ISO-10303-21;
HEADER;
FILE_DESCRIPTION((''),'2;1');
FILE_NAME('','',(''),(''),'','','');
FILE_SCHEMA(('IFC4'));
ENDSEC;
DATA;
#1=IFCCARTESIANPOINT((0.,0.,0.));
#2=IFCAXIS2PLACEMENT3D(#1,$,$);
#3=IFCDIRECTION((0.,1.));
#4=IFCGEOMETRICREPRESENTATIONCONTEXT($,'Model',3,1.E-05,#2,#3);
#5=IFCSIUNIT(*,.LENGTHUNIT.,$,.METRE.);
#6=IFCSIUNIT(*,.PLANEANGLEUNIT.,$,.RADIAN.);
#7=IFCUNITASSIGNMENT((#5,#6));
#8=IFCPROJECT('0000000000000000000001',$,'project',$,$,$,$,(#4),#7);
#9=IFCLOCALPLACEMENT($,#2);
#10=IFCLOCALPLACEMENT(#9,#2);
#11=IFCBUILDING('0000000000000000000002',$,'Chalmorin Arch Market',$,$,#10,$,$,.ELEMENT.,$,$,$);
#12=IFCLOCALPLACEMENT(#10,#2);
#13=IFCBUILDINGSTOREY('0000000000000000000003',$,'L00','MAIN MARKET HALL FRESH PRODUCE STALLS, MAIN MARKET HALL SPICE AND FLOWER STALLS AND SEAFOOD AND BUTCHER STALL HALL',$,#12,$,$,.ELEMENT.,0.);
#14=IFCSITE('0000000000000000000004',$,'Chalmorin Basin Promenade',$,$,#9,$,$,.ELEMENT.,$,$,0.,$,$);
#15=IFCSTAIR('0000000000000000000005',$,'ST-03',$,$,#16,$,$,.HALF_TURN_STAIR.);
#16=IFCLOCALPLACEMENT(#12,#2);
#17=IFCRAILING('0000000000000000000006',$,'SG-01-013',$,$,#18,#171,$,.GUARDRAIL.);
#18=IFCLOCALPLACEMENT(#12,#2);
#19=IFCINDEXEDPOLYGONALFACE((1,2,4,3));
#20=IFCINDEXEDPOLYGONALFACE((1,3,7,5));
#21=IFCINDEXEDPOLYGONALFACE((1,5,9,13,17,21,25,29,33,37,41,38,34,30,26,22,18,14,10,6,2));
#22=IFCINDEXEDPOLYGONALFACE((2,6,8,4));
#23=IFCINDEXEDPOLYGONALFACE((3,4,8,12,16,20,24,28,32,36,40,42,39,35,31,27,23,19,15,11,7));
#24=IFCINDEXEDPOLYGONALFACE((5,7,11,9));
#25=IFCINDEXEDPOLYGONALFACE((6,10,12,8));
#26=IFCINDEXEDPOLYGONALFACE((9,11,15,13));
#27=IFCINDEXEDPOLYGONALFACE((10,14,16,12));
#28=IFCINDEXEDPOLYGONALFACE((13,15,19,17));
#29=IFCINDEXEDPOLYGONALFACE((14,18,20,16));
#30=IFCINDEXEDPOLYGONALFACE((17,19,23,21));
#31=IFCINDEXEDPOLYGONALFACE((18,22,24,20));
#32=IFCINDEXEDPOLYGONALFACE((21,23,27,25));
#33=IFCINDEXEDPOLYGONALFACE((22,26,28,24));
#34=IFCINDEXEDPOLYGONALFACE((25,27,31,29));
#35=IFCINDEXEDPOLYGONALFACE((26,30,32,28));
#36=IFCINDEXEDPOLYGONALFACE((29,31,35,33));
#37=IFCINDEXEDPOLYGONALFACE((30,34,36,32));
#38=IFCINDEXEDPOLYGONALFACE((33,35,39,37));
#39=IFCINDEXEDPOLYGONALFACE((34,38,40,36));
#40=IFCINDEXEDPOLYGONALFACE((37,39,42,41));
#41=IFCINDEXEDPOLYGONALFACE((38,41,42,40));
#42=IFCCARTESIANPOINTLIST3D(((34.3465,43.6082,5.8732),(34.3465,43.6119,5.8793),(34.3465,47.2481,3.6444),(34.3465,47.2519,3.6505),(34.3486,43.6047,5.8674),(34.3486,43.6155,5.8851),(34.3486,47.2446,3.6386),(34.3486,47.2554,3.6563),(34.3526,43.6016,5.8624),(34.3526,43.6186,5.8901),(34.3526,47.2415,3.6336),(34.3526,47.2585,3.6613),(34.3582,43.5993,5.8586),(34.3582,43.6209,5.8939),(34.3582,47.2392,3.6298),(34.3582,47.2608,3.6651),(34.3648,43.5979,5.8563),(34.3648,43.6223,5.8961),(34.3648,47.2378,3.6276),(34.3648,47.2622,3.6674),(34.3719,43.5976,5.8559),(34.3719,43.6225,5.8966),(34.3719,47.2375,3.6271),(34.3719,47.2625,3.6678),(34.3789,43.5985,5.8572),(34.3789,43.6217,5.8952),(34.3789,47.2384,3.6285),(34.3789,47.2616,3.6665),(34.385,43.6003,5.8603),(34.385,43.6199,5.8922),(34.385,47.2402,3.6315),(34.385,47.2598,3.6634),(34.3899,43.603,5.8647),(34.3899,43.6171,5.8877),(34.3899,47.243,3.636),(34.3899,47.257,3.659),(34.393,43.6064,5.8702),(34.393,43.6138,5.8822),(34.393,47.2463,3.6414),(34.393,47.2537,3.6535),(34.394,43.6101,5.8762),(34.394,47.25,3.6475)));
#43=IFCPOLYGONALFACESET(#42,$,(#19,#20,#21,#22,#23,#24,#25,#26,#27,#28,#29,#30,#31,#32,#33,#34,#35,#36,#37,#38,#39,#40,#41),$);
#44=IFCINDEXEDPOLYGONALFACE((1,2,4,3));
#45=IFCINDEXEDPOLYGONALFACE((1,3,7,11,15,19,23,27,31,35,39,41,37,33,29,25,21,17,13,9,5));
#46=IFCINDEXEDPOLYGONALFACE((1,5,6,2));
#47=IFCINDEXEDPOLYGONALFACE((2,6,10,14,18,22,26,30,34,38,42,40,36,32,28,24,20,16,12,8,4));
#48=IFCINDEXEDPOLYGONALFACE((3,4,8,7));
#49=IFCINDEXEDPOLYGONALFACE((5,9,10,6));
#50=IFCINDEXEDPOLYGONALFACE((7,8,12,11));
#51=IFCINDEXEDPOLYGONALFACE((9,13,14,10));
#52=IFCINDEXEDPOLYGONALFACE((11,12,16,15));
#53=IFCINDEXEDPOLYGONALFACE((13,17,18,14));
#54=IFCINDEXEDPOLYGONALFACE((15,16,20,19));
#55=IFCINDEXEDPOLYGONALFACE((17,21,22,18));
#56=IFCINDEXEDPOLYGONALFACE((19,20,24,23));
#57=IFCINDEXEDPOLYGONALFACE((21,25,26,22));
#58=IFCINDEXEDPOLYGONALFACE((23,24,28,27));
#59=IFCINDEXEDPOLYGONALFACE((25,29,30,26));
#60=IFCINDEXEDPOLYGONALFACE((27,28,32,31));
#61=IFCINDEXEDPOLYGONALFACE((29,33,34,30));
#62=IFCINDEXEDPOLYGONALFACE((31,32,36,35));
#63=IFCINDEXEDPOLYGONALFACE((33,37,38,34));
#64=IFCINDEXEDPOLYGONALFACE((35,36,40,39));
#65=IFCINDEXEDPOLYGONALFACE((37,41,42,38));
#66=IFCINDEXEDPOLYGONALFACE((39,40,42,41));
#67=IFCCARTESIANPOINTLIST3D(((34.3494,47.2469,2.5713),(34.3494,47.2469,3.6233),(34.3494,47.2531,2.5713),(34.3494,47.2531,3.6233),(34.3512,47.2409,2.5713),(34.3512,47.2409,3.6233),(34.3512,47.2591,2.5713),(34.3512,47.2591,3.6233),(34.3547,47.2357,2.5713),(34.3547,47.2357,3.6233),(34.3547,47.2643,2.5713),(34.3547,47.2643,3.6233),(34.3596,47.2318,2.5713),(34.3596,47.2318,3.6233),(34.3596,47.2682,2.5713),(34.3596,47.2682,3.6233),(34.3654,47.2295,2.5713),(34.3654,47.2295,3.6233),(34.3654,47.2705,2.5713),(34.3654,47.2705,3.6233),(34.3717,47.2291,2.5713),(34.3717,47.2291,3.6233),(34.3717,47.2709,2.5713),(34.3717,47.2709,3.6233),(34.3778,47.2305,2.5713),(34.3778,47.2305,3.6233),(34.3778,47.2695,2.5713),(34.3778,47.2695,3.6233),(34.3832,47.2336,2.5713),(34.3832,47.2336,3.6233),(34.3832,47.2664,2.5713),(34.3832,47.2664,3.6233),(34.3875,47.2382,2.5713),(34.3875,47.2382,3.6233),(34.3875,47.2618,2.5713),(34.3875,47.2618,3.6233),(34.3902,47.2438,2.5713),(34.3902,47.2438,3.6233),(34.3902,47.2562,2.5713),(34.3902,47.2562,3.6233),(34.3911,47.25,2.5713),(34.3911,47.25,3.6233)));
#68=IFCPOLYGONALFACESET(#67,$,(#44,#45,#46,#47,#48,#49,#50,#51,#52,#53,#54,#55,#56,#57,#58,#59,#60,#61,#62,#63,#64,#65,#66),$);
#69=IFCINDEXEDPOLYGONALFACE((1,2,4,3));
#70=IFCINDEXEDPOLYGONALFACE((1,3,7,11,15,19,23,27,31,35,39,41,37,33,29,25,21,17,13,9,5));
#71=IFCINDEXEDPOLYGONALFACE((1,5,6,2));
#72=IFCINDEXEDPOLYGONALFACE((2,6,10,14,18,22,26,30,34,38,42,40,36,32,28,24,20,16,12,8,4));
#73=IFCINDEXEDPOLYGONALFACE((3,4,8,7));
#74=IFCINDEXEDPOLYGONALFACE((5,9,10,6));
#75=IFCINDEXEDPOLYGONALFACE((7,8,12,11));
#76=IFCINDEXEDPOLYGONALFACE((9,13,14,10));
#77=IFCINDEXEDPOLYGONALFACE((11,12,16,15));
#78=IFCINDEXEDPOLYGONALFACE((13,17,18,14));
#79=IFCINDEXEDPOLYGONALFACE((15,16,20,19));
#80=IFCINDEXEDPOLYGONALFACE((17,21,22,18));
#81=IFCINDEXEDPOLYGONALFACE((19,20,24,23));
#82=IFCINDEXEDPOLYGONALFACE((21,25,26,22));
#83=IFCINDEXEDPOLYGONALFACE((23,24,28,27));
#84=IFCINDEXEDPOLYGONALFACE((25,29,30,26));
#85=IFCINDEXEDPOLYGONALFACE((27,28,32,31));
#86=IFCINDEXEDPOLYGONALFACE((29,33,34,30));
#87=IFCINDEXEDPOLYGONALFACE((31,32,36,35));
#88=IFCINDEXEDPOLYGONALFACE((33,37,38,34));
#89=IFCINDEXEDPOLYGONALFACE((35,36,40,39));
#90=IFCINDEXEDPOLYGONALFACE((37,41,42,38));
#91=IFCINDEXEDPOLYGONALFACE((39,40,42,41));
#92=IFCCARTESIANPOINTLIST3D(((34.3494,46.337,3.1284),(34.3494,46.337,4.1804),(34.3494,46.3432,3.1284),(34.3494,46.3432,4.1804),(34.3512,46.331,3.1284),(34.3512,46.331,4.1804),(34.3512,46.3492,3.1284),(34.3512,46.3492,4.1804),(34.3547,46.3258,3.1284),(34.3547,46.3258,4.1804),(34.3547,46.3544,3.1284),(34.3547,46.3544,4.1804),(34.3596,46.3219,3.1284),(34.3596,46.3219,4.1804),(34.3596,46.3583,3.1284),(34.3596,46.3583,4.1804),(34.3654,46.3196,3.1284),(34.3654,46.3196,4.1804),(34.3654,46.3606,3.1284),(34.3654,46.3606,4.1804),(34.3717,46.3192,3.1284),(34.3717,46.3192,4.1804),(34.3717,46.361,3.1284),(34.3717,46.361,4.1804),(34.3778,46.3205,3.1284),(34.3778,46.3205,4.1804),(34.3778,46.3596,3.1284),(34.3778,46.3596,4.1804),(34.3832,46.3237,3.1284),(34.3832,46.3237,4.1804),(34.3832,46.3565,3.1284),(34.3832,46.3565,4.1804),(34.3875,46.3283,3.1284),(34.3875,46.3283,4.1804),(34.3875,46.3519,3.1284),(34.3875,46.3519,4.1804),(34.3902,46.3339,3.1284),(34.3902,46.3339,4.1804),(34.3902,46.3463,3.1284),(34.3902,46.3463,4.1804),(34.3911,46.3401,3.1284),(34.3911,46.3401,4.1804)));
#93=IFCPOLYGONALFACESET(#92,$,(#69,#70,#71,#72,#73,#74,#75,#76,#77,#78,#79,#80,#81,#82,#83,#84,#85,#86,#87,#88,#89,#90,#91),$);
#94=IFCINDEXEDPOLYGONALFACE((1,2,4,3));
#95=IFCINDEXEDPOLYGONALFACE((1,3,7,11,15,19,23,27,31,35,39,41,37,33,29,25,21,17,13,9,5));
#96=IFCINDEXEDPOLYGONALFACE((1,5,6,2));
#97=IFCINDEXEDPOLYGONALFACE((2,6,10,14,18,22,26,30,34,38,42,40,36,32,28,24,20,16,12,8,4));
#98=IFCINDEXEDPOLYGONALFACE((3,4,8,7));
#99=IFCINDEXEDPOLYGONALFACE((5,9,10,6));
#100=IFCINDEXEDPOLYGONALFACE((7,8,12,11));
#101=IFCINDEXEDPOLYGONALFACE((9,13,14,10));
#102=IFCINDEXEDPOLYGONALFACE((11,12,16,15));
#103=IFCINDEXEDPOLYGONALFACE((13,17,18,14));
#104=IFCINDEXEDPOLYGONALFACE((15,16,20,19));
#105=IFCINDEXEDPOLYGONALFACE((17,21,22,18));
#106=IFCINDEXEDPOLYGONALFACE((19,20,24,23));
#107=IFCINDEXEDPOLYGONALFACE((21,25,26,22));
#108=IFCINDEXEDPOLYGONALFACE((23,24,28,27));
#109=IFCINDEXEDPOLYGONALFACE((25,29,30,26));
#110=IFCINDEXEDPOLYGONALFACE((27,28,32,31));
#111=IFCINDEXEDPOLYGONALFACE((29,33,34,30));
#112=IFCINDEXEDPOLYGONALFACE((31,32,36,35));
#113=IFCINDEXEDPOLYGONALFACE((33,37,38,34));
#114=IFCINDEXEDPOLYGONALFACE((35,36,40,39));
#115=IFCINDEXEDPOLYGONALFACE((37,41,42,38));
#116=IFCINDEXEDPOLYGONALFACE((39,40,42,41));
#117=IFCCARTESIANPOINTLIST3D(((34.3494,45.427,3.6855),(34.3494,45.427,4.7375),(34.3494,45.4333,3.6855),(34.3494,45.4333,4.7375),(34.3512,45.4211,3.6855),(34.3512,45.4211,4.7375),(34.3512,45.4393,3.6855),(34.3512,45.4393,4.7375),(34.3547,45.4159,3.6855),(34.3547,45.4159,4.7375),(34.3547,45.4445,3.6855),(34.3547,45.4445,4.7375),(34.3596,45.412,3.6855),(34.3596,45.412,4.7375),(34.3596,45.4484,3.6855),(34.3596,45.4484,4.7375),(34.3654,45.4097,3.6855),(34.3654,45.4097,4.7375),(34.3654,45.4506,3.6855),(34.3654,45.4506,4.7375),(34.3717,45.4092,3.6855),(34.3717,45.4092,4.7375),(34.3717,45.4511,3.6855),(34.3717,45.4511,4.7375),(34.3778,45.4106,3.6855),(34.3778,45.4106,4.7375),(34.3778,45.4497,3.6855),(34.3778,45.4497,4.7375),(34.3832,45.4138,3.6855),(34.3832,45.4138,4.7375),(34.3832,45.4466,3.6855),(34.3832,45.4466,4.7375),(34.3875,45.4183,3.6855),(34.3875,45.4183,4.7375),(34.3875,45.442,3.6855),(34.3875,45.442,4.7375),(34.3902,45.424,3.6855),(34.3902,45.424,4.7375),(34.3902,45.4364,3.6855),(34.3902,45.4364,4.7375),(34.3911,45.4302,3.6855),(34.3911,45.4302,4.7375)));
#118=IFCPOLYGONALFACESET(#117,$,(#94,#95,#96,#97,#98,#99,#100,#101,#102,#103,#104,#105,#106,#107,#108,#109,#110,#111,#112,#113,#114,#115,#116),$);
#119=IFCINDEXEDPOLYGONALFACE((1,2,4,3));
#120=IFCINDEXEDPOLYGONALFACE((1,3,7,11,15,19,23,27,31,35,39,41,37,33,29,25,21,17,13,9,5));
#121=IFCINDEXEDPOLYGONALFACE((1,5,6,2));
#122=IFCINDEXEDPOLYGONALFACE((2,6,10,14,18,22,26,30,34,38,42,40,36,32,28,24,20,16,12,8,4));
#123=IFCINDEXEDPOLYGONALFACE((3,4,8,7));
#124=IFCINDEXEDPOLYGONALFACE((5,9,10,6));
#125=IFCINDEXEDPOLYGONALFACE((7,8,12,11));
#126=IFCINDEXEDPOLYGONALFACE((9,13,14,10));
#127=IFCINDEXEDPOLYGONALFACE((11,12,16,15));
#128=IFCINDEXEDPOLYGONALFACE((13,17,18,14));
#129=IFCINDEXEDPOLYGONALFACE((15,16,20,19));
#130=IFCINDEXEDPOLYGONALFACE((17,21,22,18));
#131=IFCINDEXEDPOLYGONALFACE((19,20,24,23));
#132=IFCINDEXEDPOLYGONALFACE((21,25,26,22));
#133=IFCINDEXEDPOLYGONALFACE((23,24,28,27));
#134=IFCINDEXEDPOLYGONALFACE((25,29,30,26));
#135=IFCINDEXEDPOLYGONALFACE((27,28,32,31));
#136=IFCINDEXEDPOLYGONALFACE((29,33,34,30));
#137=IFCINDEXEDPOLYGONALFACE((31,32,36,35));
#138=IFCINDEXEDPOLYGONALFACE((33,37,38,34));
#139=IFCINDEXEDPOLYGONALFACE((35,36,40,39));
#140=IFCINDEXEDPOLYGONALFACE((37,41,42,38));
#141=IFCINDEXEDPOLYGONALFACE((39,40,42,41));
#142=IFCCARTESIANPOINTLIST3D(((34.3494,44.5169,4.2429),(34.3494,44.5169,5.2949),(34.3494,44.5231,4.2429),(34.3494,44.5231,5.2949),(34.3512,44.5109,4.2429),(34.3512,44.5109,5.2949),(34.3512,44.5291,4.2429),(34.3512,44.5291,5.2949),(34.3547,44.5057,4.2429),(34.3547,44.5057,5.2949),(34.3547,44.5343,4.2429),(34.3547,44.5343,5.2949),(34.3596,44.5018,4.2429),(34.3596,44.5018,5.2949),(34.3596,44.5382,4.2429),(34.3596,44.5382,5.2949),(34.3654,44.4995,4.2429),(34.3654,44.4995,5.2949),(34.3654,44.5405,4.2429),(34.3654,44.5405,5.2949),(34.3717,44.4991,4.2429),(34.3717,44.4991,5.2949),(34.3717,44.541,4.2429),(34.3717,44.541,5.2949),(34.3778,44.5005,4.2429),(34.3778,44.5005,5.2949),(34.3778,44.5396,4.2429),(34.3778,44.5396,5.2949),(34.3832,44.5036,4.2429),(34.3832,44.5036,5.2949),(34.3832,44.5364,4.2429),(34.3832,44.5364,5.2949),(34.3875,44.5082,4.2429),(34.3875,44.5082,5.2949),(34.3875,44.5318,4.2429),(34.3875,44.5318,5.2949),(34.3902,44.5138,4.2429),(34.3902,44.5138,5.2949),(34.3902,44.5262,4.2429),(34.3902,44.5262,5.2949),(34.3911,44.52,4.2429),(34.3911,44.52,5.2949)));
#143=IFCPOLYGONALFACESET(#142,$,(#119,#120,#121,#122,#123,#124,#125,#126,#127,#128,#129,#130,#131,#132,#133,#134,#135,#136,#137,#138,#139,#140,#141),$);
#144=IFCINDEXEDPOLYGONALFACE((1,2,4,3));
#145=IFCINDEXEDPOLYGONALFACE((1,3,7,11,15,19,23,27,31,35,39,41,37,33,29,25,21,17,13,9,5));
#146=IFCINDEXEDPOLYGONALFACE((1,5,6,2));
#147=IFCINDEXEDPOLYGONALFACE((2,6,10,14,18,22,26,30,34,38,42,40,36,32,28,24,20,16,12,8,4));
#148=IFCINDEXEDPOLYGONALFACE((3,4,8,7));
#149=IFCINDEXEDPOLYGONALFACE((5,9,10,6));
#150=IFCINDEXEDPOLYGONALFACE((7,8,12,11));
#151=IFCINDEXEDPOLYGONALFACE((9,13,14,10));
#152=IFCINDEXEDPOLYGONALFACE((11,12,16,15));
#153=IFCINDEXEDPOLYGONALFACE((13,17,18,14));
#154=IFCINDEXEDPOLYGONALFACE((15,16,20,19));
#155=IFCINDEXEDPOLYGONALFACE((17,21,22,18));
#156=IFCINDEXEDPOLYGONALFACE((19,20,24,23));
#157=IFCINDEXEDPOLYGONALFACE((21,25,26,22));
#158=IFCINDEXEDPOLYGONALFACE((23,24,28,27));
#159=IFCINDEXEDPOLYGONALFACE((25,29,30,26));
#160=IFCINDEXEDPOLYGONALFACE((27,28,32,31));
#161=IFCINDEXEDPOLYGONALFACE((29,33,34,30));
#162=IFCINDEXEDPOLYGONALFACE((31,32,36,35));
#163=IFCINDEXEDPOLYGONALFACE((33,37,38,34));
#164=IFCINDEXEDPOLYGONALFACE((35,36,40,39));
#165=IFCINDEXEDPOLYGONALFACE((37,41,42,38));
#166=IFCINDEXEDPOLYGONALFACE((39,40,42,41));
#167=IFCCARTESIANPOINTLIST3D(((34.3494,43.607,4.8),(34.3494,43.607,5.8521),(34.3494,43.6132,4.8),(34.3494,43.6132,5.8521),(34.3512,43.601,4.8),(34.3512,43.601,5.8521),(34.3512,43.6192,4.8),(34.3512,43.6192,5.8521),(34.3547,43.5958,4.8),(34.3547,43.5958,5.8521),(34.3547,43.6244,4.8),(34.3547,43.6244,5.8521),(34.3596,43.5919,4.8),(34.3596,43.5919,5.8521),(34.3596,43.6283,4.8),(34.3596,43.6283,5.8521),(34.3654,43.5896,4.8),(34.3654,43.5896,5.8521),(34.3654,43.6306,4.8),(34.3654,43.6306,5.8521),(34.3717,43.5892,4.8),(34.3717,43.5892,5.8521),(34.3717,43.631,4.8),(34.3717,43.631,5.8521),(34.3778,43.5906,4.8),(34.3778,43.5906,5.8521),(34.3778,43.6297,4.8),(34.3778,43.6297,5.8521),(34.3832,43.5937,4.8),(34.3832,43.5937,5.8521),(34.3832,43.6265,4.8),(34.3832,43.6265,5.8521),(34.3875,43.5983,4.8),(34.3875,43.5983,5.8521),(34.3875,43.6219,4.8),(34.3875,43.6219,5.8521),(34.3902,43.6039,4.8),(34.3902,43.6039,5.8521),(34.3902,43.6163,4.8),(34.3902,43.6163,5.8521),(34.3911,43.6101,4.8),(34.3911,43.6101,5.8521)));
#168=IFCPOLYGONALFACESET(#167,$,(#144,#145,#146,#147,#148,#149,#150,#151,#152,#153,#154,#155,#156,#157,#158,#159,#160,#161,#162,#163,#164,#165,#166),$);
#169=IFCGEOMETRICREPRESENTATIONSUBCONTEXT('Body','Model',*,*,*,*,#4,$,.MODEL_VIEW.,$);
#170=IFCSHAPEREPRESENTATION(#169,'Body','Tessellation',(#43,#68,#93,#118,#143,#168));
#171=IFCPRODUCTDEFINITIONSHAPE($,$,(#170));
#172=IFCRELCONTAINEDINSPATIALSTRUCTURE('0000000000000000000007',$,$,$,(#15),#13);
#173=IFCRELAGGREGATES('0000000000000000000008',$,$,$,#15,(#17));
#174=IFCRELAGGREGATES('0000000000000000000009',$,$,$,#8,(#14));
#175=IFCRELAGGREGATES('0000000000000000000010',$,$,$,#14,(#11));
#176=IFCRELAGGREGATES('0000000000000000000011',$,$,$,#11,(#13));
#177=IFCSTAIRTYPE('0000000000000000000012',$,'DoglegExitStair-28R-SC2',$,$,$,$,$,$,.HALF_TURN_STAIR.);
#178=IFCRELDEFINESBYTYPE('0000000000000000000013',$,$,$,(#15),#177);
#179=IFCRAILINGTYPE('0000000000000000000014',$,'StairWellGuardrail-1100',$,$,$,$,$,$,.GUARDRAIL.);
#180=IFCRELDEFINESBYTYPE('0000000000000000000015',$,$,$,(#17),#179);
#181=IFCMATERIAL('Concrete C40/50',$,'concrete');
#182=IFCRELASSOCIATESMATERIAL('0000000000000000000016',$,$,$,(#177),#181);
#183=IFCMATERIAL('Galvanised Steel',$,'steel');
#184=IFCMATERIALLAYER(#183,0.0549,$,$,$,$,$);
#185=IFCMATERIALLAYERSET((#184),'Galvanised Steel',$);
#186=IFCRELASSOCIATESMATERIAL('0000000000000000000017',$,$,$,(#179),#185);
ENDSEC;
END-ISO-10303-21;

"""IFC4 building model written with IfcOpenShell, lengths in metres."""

from ifc_helpers import new_model, si_unit, direction, frame, origin, origin_2d, place, context, subcontext, project, spatial, circle, extrude, material, layer, layer_set, type_object, element, aggregate, save


model = new_model("IFC4")

# Units and contexts
model_context = context("Model", 3, precision=1e-05, world=origin(), true_north=direction((0.0, 1.0)))
body_context = subcontext(model_context, "Body", "Model", "MODEL_VIEW")
ifc_project = project(units=[si_unit("LENGTHUNIT", "METRE"), si_unit("PLANEANGLEUNIT", "RADIAN")], contexts=[model_context])

# Site, building, storey
site_placement = place(None, origin())
site = spatial("IfcSite", under=ifc_project, at=site_placement, Name="Chalmorin Basin Promenade", CompositionType="ELEMENT", RefElevation=0.0)
building_placement = place(site_placement, origin())
building = spatial("IfcBuilding", under=site, at=building_placement, Name="Chalmorin Arch Market", CompositionType="ELEMENT")
storey_placement = place(building_placement, origin())
storey = spatial("IfcBuildingStorey", under=building, at=storey_placement, Name="L00", Description="MAIN MARKET HALL FRESH PRODUCE STALLS, MAIN MARKET HALL SPICE AND FLOWER STALLS AND SEAFOOD AND BUTCHER STALL HALL", CompositionType="ELEMENT", Elevation=0.0)

# Shared definitions
ifc_material_1 = material(Name="Concrete C40/50", Category="concrete")

# Stair, railing
stair_type = type_object("IfcStairType", Name="DoglegExitStair-28R-SC2", PredefinedType="HALF_TURN_STAIR", material=ifc_material_1)
stair_placement = place(storey_placement, origin())
stair = element("IfcStair", 1, at=stair_placement, inside=storey, type_object=stair_type, Name="ST-03", PredefinedType="HALF_TURN_STAIR")
ifc_material_2 = material(Name="Galvanised Steel", Category="steel")
ifc_layer_1 = layer(ifc_material_2, 0.0549)
ifc_layer_set_1 = layer_set([ifc_layer_1], Name="Galvanised Steel")
railing_type_1 = type_object("IfcRailingType", Name="StairWellGuardrail-1100", PredefinedType="GUARDRAIL", material=ifc_layer_set_1)
railing_1_placement = place(storey_placement, frame((34.3701, 47.25, 2.5713)))
railing_1 = element("IfcRailing", 2, at=railing_1_placement, type_object=railing_type_1, Name="SG-01-013", PredefinedType="GUARDRAIL", context=body_context, shape_type="SweptSolid", body=[
    extrude(circle(Radius=0.0239, at=origin_2d()), frame((0.0, 0.0, 1.0762), z_axis=(0.0, -0.852825, 0.522197), x_axis=(1.0, 0.0, 0.0)), (0.0, 0.0, 1.0), 4.2681),
    extrude(circle(Radius=0.021, at=origin_2d()), origin(), (0.0, 0.0, 1.0), 1.052),
    extrude(circle(Radius=0.021, at=origin_2d()), frame((0.0, -0.9099, 0.5571)), (0.0, 0.0, 1.0), 1.052),
    extrude(circle(Radius=0.021, at=origin_2d()), frame((0.0, -1.8198, 1.1143)), (0.0, 0.0, 1.0), 1.052),
    extrude(circle(Radius=0.021, at=origin_2d()), frame((0.0, -2.73, 1.6716)), (0.0, 0.0, 1.0), 1.052),
    extrude(circle(Radius=0.021, at=origin_2d()), frame((0.0, -3.6399, 2.2288)), (0.0, 0.0, 1.0), 1.052),
])
aggregate(stair, [railing_1])

save(model, "model.ifc")
